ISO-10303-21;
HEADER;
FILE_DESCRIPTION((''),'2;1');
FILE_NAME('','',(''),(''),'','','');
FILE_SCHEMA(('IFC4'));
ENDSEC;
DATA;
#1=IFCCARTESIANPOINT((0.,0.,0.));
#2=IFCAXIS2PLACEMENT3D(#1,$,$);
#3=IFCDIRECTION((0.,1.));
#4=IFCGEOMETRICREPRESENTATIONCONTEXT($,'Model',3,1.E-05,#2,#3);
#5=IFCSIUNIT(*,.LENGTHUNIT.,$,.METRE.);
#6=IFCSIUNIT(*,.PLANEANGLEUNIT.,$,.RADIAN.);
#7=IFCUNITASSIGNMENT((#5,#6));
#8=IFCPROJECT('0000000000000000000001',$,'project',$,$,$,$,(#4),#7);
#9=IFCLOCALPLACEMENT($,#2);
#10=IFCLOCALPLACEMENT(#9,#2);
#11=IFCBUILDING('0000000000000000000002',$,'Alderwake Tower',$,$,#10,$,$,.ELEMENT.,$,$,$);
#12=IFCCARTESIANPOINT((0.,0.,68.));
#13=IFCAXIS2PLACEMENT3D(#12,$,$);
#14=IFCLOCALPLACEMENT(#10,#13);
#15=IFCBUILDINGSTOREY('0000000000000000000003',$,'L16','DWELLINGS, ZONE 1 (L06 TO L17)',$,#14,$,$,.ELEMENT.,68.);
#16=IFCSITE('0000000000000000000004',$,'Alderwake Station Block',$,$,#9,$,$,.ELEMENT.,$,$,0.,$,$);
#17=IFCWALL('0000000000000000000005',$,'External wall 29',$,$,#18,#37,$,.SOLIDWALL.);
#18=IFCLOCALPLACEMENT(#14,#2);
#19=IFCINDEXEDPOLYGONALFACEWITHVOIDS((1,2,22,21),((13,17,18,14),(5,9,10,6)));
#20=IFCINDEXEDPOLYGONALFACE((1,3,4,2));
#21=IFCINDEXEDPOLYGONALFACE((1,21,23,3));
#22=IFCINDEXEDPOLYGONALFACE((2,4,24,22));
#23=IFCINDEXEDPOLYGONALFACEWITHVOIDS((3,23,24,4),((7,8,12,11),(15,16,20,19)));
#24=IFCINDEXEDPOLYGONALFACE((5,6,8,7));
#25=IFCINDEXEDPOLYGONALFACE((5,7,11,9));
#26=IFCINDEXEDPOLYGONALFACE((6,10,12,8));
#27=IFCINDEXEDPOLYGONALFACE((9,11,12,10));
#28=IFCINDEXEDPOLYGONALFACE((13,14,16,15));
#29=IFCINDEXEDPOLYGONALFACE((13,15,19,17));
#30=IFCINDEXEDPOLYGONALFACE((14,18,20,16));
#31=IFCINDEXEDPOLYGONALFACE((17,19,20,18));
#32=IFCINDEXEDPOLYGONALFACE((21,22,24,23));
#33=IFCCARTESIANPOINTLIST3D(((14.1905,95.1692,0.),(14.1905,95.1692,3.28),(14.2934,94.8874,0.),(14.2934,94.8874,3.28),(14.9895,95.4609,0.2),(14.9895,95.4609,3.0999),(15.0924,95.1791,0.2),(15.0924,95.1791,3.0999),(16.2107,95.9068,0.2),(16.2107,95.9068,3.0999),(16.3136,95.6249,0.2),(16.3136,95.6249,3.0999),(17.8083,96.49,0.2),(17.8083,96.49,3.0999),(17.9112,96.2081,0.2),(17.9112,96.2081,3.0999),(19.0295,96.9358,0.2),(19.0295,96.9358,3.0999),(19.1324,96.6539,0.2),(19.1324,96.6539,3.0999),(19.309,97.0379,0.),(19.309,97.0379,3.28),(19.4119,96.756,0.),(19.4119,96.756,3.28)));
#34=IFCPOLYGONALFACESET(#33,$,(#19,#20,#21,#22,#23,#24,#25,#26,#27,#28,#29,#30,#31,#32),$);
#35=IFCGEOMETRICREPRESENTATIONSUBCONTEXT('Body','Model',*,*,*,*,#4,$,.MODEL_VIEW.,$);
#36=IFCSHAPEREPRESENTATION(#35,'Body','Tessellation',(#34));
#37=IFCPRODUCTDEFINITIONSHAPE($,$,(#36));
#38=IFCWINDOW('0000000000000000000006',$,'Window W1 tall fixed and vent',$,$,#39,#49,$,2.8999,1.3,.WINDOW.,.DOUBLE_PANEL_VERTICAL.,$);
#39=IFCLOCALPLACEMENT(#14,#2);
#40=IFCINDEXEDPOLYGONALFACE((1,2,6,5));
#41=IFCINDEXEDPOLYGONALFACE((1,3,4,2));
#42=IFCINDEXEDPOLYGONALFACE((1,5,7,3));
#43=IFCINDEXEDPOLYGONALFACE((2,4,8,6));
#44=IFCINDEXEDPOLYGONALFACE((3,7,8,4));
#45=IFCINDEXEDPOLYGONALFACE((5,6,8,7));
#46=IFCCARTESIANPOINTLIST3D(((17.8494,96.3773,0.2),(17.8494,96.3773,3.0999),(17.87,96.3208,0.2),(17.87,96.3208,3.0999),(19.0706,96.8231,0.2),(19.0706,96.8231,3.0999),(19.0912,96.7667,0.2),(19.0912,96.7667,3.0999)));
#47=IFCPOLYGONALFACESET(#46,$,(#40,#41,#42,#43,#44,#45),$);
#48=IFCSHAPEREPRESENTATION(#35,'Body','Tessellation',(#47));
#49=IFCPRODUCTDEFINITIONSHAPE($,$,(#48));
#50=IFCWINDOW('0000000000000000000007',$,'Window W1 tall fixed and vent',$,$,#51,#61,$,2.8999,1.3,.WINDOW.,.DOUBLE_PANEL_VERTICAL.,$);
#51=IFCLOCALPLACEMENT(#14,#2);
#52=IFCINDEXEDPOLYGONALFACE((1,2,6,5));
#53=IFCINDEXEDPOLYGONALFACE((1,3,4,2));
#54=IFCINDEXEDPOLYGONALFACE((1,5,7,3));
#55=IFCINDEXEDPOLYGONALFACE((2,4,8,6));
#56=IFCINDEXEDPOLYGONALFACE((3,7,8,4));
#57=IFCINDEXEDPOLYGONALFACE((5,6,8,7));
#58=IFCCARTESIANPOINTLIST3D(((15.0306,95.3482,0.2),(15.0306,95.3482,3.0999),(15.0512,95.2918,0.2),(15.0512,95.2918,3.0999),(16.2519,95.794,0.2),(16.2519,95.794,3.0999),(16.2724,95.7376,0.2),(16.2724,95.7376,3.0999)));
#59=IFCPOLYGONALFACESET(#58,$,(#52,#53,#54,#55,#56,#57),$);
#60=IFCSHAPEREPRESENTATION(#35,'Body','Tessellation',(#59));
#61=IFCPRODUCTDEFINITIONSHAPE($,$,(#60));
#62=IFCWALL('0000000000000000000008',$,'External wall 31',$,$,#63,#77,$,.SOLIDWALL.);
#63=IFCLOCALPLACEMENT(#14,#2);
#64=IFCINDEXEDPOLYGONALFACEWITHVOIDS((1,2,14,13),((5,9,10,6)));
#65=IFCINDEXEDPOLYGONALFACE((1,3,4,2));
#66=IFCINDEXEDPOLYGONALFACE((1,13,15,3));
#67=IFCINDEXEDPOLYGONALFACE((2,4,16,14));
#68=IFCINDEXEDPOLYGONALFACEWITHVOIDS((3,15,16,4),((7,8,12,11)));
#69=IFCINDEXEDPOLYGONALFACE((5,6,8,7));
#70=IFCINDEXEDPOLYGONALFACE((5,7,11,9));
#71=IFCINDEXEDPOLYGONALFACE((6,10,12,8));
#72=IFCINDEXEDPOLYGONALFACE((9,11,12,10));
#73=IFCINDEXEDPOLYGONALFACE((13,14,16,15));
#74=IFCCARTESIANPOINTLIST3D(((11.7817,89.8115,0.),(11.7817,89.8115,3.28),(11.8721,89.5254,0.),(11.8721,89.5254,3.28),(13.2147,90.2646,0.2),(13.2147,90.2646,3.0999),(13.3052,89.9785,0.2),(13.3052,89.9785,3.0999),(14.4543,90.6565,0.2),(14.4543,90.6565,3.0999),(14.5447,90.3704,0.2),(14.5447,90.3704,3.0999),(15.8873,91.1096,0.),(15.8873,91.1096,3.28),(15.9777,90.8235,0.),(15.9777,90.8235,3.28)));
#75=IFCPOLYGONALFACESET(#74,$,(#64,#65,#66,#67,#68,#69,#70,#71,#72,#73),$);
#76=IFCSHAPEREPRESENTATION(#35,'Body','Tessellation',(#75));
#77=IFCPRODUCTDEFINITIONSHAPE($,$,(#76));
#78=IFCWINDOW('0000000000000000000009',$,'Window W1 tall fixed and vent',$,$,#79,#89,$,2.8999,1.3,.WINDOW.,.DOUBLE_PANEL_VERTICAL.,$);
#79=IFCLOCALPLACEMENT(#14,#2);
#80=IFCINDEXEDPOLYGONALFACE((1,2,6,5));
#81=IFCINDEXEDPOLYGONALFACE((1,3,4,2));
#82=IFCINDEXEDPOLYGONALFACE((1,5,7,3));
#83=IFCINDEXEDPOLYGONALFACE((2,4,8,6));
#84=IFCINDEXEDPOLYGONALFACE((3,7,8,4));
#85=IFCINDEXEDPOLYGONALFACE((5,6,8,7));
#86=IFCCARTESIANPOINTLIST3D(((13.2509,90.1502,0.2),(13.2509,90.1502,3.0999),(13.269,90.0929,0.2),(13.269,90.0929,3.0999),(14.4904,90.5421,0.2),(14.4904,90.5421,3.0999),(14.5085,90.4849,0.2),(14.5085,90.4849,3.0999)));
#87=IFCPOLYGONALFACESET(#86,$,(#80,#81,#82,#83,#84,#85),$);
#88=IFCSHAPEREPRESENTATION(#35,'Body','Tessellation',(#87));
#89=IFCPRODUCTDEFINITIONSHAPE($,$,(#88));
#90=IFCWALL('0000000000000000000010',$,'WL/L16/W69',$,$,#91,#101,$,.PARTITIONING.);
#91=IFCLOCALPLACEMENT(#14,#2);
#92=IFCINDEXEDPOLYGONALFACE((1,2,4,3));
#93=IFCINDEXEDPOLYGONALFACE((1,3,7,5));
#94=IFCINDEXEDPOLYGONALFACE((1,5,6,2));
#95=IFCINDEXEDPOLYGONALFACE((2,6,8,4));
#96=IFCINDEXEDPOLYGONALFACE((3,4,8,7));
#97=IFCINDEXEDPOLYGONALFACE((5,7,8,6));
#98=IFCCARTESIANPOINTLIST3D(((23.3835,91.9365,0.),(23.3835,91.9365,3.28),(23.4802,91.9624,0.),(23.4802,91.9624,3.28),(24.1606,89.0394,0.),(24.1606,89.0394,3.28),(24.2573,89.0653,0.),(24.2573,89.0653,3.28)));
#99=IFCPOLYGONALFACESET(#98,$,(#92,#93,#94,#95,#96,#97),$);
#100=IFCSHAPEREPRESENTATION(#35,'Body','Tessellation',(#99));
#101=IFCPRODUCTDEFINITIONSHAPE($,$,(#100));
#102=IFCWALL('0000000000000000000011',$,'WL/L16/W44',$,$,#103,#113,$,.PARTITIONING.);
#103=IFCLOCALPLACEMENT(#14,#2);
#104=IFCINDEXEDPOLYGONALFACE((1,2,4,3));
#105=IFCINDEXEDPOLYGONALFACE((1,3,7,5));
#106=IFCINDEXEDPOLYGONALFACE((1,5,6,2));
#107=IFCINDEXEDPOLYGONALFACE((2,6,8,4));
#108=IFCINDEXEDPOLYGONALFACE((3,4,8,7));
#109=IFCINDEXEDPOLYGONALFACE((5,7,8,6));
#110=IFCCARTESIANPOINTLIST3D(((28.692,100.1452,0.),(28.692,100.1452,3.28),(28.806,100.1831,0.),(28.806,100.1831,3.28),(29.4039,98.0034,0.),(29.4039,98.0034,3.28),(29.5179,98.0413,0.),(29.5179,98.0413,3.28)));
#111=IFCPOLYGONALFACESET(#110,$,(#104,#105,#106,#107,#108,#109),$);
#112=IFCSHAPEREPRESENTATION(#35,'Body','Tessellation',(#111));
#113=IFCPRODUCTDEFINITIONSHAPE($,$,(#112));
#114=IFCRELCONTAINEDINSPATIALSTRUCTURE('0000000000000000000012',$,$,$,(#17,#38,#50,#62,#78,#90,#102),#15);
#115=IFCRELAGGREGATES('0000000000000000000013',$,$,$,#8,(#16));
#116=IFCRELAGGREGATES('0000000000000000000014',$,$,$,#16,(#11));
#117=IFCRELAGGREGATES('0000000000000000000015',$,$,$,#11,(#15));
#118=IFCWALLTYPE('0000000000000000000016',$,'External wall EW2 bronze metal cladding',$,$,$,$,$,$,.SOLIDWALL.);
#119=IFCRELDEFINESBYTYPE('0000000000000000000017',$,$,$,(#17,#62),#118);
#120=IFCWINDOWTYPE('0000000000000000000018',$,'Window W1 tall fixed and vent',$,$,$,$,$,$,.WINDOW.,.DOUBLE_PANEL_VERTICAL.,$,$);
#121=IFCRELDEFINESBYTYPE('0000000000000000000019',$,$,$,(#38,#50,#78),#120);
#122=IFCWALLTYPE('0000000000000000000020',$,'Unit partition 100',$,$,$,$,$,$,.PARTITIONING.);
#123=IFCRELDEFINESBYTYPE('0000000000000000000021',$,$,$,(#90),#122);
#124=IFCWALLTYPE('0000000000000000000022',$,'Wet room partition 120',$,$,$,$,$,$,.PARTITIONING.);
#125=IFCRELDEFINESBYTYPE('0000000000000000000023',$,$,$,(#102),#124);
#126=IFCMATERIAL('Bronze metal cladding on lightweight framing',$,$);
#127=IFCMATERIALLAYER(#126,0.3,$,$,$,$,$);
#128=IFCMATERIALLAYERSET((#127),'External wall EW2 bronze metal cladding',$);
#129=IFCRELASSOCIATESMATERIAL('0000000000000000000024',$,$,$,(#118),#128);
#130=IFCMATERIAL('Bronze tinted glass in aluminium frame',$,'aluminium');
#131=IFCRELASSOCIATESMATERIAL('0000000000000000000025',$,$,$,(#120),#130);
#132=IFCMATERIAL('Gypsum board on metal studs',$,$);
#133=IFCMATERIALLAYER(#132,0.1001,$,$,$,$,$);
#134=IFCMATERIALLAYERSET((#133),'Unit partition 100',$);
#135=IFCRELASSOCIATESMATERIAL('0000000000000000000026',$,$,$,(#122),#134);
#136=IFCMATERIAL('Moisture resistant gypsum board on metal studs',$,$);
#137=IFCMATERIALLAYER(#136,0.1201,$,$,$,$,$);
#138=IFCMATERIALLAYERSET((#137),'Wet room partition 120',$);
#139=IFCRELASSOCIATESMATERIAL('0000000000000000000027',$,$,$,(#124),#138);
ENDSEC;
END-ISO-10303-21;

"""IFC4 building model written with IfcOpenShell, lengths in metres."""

from ifc_helpers import new_model, si_unit, direction, frame, frame_2d, origin, place, context, subcontext, project, spatial, rectangle, extrude, material, layer, layer_set, type_object, element, fill, save


model = new_model("IFC4")

# Units and contexts
model_context = context("Model", 3, precision=1e-05, world=origin(), true_north=direction((0.0, 1.0)))
body_context = subcontext(model_context, "Body", "Model", "MODEL_VIEW")
ifc_project = project(units=[si_unit("LENGTHUNIT", "METRE"), si_unit("PLANEANGLEUNIT", "RADIAN")], contexts=[model_context])

# Site, building, storey
site_placement = place(None, origin())
site = spatial("IfcSite", under=ifc_project, at=site_placement, Name="Alderwake Station Block", CompositionType="ELEMENT", RefElevation=0.0)
building_placement = place(site_placement, origin())
building = spatial("IfcBuilding", under=site, at=building_placement, Name="Alderwake Tower", CompositionType="ELEMENT")
storey_placement = place(building_placement, frame((0.0, 0.0, 68.0)))
storey = spatial("IfcBuildingStorey", under=building, at=storey_placement, Name="L16", Description="DWELLINGS, ZONE 1 (L06 TO L17)", CompositionType="ELEMENT", Elevation=68.0)

# Wall, openings, windows
ifc_material_1 = material(Name="Bronze metal cladding on lightweight framing")
ifc_layer_1 = layer(ifc_material_1, 0.3)
ifc_layer_set_1 = layer_set([ifc_layer_1], Name="External wall EW2 bronze metal cladding")
wall_type_1 = type_object("IfcWallType", Name="External wall EW2 bronze metal cladding", PredefinedType="SOLIDWALL", material=ifc_layer_set_1)
ifc_material_2 = material(Name="Bronze tinted glass in aluminium frame", Category="aluminium")
window_type = type_object("IfcWindowType", Name="Window W1 tall fixed and vent", PartitioningType="DOUBLE_PANEL_VERTICAL", PredefinedType="WINDOW", material=ifc_material_2)
wall_1_placement = place(storey_placement, frame((19.3606, 96.897, 0.0), z_axis=(0.0, 0.0, 1.0), x_axis=(-0.939361, -0.34293, 0.0)))
wall_1 = element("IfcWall", 1, at=wall_1_placement, inside=storey, type_object=wall_type_1, Name="External wall 29", PredefinedType="SOLIDWALL", context=body_context, shape_type="SweptSolid", body=[
    extrude(rectangle(XDim=5.449, YDim=0.3, at=frame_2d((2.7246, 0.0))), origin(), (0.0, 0.0, 1.0), 3.28),
])
opening_1_placement = place(wall_1_placement, frame((0.2979, 0.0, 0.2)))
opening_1 = element("IfcOpeningElement", 2, at=opening_1_placement, cuts=wall_1, PredefinedType="OPENING", context=body_context, shape_type="SweptSolid", body=[
    extrude(rectangle(XDim=1.3, YDim=2.8999, at=frame_2d((0.6499, 1.45))), frame((0.0, 0.1599, 0.0), z_axis=(0.0, -1.0, 0.0), x_axis=(1.0, 0.0, 0.0)), (0.0, 0.0, 1.0), 0.3201),
])
opening_2_placement = place(wall_1_placement, frame((3.2986, 0.0, 0.2)))
opening_2 = element("IfcOpeningElement", 3, at=opening_2_placement, cuts=wall_1, PredefinedType="OPENING", context=body_context, shape_type="SweptSolid", body=[
    extrude(rectangle(XDim=1.3, YDim=2.8999, at=frame_2d((0.6499, 1.45))), frame((0.0, 0.1599, 0.0), z_axis=(0.0, -1.0, 0.0), x_axis=(1.0, 0.0, 0.0)), (0.0, 0.0, 1.0), 0.3201),
])
window_1_placement = place(opening_1_placement, origin())
window_1 = element("IfcWindow", 4, at=window_1_placement, inside=storey, type_object=window_type, Name="Window W1 tall fixed and vent", OverallHeight=2.8999, OverallWidth=1.3, PartitioningType="DOUBLE_PANEL_VERTICAL", PredefinedType="WINDOW", context=body_context, shape_type="SweptSolid", body=[
    extrude(rectangle(XDim=1.3, YDim=2.8999, at=frame_2d((0.6499, 1.45))), frame((0.0, 0.03, 0.0), z_axis=(0.0, -1.0, 0.0), x_axis=(1.0, 0.0, 0.0)), (0.0, 0.0, 1.0), 0.0601),
])
fill(opening_1, window_1)
window_2_placement = place(opening_2_placement, origin())
window_2 = element("IfcWindow", 5, at=window_2_placement, inside=storey, type_object=window_type, Name="Window W1 tall fixed and vent", OverallHeight=2.8999, OverallWidth=1.3, PartitioningType="DOUBLE_PANEL_VERTICAL", PredefinedType="WINDOW", context=body_context, shape_type="SweptSolid", body=[
    extrude(rectangle(XDim=1.3, YDim=2.8999, at=frame_2d((0.6499, 1.45))), frame((0.0, 0.03, 0.0), z_axis=(0.0, -1.0, 0.0), x_axis=(1.0, 0.0, 0.0)), (0.0, 0.0, 1.0), 0.0601),
])
fill(opening_2, window_2)

# Wall, opening, window
wall_2_placement = place(storey_placement, frame((15.9324, 90.9666, 0.0), z_axis=(0.0, 0.0, 1.0), x_axis=(-0.953474, -0.301476, 0.0)))
wall_2 = element("IfcWall", 6, at=wall_2_placement, inside=storey, type_object=wall_type_1, Name="External wall 31", PredefinedType="SOLIDWALL", context=body_context, shape_type="SweptSolid", body=[
    extrude(rectangle(XDim=4.3059, YDim=0.3, at=frame_2d((2.1528, 0.0))), origin(), (0.0, 0.0, 1.0), 3.28),
])
opening_3_placement = place(wall_2_placement, frame((1.5029, 0.0, 0.2)))
opening_3 = element("IfcOpeningElement", 7, at=opening_3_placement, cuts=wall_2, PredefinedType="OPENING", context=body_context, shape_type="SweptSolid", body=[
    extrude(rectangle(XDim=1.3, YDim=2.8999, at=frame_2d((0.6499, 1.45))), frame((0.0, 0.1599, 0.0), z_axis=(0.0, -1.0, 0.0), x_axis=(1.0, 0.0, 0.0)), (0.0, 0.0, 1.0), 0.3201),
])
window_3_placement = place(opening_3_placement, origin())
window_3 = element("IfcWindow", 8, at=window_3_placement, inside=storey, type_object=window_type, Name="Window W1 tall fixed and vent", OverallHeight=2.8999, OverallWidth=1.3, PartitioningType="DOUBLE_PANEL_VERTICAL", PredefinedType="WINDOW", context=body_context, shape_type="SweptSolid", body=[
    extrude(rectangle(XDim=1.3, YDim=2.8999, at=frame_2d((0.6499, 1.45))), frame((0.0, 0.03, 0.0), z_axis=(0.0, -1.0, 0.0), x_axis=(1.0, 0.0, 0.0)), (0.0, 0.0, 1.0), 0.0601),
])
fill(opening_3, window_3)

# Walls
ifc_material_3 = material(Name="Gypsum board on metal studs")
ifc_layer_2 = layer(ifc_material_3, 0.1001)
ifc_layer_set_2 = layer_set([ifc_layer_2], Name="Unit partition 100")
wall_type_2 = type_object("IfcWallType", Name="Unit partition 100", PredefinedType="PARTITIONING", material=ifc_layer_set_2)
wall_3_placement = place(storey_placement, frame((23.4319, 91.9495, 0.0), z_axis=(0.0, 0.0, 1.0), x_axis=(0.259066, -0.96586, 0.0)))
element("IfcWall", 9, at=wall_3_placement, inside=storey, type_object=wall_type_2, Name="WL/L16/W69", PredefinedType="PARTITIONING", context=body_context, shape_type="SweptSolid", body=[
    extrude(rectangle(XDim=2.9995, YDim=0.1001, at=frame_2d((1.4998, 0.0))), origin(), (0.0, 0.0, 1.0), 3.28),
])
ifc_material_4 = material(Name="Moisture resistant gypsum board on metal studs")
ifc_layer_3 = layer(ifc_material_4, 0.1201)
ifc_layer_set_3 = layer_set([ifc_layer_3], Name="Wet room partition 120")
wall_type_3 = type_object("IfcWallType", Name="Wet room partition 120", PredefinedType="PARTITIONING", material=ifc_layer_set_3)
wall_4_placement = place(storey_placement, frame((28.749, 100.1641, 0.0), z_axis=(0.0, 0.0, 1.0), x_axis=(0.315416, -0.948953, 0.0)))
element("IfcWall", 10, at=wall_4_placement, inside=storey, type_object=wall_type_3, Name="WL/L16/W44", PredefinedType="PARTITIONING", context=body_context, shape_type="SweptSolid", body=[
    extrude(rectangle(XDim=2.2571, YDim=0.1201, at=frame_2d((1.1284, 0.0))), origin(), (0.0, 0.0, 1.0), 3.28),
])

save(model, "model.ifc")
